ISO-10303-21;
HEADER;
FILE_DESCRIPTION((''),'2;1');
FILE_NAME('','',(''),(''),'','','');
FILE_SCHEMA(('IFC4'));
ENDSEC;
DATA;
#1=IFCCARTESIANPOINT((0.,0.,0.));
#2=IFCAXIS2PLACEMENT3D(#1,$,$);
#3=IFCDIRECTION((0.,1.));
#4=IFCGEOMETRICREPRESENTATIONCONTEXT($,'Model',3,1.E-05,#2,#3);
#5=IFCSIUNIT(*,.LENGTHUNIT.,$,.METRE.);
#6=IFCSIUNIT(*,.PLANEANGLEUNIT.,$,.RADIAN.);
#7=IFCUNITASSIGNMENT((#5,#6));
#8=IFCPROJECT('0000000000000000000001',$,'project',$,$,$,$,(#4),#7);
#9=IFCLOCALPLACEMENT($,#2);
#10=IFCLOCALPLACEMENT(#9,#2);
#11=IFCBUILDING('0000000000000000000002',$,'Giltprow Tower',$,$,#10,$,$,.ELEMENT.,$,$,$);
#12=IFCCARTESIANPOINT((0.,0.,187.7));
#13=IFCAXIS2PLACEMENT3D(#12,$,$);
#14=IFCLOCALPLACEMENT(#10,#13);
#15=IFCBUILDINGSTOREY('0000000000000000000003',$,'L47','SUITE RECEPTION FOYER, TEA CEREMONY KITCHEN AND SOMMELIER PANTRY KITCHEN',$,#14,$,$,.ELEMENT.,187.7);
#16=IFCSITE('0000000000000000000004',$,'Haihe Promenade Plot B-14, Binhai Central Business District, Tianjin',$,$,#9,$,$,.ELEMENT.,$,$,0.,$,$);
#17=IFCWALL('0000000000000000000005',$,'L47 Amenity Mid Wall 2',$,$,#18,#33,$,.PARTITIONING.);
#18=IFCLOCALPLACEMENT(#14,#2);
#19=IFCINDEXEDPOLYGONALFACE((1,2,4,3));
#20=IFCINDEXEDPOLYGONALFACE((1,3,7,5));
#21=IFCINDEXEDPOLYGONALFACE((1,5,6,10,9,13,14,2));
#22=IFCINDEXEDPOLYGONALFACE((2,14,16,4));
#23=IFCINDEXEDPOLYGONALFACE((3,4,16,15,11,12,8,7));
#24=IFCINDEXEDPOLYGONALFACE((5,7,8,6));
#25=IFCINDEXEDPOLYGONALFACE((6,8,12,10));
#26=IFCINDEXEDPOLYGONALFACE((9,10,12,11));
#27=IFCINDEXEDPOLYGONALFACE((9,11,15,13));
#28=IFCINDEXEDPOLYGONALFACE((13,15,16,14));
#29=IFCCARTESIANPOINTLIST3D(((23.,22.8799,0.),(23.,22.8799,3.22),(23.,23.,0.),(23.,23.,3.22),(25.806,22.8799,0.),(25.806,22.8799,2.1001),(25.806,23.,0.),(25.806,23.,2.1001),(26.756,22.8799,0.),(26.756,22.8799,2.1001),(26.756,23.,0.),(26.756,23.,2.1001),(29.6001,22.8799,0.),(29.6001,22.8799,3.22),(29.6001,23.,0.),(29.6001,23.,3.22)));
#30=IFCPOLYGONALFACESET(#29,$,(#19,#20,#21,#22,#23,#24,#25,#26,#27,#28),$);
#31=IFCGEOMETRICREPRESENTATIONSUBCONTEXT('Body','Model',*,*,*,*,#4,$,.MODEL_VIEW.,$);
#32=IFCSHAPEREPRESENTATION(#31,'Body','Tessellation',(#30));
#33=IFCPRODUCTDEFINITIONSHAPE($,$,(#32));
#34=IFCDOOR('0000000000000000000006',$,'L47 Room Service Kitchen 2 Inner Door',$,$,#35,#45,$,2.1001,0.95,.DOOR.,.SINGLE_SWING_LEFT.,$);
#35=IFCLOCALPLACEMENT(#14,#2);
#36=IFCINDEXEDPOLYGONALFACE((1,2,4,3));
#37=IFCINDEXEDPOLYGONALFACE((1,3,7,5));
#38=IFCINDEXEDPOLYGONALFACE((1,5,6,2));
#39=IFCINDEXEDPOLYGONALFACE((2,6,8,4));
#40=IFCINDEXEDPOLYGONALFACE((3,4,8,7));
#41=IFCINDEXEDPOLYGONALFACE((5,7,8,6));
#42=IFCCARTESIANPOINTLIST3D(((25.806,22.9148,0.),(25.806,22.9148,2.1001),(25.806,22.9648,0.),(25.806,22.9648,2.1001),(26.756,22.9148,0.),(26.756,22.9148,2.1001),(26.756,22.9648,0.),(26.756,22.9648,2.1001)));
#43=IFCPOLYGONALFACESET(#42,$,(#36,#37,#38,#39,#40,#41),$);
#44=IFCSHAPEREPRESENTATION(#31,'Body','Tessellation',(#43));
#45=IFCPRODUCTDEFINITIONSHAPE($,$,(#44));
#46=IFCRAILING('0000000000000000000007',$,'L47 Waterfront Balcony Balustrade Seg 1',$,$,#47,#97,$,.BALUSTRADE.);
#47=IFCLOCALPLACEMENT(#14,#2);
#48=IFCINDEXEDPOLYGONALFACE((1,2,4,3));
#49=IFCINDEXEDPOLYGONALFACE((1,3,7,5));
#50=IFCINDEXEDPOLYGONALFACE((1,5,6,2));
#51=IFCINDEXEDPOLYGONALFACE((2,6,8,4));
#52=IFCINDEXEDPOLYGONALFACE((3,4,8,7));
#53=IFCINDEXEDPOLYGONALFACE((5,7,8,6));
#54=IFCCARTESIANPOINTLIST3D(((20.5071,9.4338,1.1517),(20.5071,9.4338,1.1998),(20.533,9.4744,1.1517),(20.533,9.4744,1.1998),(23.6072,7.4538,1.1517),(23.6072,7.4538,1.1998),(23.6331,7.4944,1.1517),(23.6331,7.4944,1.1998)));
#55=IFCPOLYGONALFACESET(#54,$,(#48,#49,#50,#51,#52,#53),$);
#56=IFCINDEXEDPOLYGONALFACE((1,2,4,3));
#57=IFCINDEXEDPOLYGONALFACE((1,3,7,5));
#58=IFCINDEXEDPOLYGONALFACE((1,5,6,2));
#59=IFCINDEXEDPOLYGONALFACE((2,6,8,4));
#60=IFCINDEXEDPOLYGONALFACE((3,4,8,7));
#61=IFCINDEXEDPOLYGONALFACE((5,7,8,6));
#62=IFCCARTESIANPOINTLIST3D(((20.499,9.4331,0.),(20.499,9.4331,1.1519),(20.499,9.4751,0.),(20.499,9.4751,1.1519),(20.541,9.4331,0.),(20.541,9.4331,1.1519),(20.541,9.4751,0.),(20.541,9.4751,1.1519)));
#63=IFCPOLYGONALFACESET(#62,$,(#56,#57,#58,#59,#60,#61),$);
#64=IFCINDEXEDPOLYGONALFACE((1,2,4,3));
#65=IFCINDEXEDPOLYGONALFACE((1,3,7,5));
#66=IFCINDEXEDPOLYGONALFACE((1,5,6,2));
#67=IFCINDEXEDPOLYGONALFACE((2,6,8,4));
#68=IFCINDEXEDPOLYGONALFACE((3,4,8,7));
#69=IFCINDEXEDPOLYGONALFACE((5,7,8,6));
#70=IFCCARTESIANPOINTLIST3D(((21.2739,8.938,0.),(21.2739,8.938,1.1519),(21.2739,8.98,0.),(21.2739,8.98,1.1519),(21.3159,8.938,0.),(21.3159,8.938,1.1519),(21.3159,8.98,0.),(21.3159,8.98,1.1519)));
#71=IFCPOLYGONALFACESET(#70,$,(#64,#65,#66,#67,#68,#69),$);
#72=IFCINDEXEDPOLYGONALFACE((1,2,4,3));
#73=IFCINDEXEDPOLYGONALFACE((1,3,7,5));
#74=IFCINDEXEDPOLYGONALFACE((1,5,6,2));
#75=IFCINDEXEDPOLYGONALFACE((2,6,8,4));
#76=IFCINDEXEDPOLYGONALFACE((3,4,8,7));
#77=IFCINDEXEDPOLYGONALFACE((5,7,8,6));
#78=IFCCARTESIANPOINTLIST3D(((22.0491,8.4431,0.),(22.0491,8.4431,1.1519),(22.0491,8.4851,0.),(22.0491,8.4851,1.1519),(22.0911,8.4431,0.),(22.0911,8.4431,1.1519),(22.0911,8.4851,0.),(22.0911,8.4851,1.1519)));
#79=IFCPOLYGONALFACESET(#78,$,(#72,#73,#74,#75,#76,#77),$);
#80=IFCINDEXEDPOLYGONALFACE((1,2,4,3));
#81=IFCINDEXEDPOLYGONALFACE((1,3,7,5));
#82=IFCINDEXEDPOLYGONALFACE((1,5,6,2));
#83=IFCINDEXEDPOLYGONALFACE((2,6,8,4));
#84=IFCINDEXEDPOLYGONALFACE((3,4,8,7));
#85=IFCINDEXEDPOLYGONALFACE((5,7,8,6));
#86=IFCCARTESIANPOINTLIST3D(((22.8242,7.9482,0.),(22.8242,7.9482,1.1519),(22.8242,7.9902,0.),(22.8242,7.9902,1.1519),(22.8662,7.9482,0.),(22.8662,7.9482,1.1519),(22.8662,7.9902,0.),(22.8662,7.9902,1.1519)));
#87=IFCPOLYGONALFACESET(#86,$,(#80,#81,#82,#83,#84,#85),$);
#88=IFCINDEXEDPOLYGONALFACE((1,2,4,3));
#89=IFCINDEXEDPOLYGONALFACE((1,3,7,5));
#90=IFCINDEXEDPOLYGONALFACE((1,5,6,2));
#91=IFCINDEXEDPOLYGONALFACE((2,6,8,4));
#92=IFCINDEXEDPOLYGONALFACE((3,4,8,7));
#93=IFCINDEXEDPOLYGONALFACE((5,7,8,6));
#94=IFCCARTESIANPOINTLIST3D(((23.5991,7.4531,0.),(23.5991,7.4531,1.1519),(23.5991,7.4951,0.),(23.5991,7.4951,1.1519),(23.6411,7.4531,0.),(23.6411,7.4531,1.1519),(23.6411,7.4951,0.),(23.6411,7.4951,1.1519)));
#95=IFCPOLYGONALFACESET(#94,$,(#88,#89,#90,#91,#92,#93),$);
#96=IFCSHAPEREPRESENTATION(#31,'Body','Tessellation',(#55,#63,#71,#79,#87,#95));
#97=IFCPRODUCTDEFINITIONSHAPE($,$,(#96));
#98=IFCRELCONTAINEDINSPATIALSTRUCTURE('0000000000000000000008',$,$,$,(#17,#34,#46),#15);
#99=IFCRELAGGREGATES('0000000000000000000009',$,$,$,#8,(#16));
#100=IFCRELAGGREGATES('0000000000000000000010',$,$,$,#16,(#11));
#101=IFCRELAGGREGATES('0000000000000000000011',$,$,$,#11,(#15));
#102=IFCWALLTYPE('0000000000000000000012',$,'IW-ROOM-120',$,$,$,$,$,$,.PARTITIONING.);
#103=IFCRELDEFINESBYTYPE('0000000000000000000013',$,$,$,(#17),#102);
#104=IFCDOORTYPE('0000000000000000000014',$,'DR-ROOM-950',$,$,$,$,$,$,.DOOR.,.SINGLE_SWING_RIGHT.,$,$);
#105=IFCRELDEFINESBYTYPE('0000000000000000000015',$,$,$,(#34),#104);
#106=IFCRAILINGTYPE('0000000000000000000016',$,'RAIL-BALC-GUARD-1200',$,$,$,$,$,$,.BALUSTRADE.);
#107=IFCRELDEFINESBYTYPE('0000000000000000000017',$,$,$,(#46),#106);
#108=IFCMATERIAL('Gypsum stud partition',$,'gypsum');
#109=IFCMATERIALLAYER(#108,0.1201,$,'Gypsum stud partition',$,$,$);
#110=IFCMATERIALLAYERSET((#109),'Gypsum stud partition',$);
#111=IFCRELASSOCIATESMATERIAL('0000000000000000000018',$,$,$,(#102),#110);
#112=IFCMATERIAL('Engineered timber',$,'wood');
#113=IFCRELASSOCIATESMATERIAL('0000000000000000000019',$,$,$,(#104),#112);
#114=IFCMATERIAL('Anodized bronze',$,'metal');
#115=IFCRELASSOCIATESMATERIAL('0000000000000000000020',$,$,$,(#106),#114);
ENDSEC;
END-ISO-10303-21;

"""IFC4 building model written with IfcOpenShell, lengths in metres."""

from ifc_helpers import new_model, si_unit, direction, frame, frame_2d, origin, origin_2d, place, context, subcontext, project, spatial, rectangle, extrude, source, transform, mapped, material, layer, layer_set, type_object, element, fill, save


model = new_model("IFC4")

# Units and contexts
model_context = context("Model", 3, precision=1e-05, world=origin(), true_north=direction((0.0, 1.0)))
body_context = subcontext(model_context, "Body", "Model", "MODEL_VIEW")
ifc_project = project(units=[si_unit("LENGTHUNIT", "METRE"), si_unit("PLANEANGLEUNIT", "RADIAN")], contexts=[model_context])

# Site, building, storey
site_placement = place(None, origin())
site = spatial("IfcSite", under=ifc_project, at=site_placement, Name="Haihe Promenade Plot B-14, Binhai Central Business District, Tianjin", CompositionType="ELEMENT", RefElevation=0.0)
building_placement = place(site_placement, origin())
building = spatial("IfcBuilding", under=site, at=building_placement, Name="Giltprow Tower", CompositionType="ELEMENT")
storey_placement = place(building_placement, frame((0.0, 0.0, 187.7)))
storey = spatial("IfcBuildingStorey", under=building, at=storey_placement, Name="L47", Description="SUITE RECEPTION FOYER, TEA CEREMONY KITCHEN AND SOMMELIER PANTRY KITCHEN", CompositionType="ELEMENT", Elevation=187.7)

# Shared definitions
ifc_material_1 = material(Name="Gypsum stud partition", Category="gypsum")

# Wall, opening, door
ifc_layer_1 = layer(ifc_material_1, 0.1201, Name="Gypsum stud partition")
ifc_layer_set_1 = layer_set([ifc_layer_1], Name="Gypsum stud partition")
wall_type_1 = type_object("IfcWallType", Name="IW-ROOM-120", PredefinedType="PARTITIONING", material=ifc_layer_set_1)
wall_1_placement = place(storey_placement, frame((23.0, 22.9399, 0.0), z_axis=(0.0, 0.0, 1.0), x_axis=(1.0, 0.0, 0.0)))
wall_1 = element("IfcWall", 1, at=wall_1_placement, inside=storey, type_object=wall_type_1, Name="L47 Amenity Mid Wall 2", PredefinedType="PARTITIONING", context=body_context, shape_type="SweptSolid", body=[
    extrude(rectangle(XDim=6.6001, YDim=0.1201, at=frame_2d((3.3, 0.0))), origin(), (0.0, 0.0, 1.0), 3.22),
])
opening_1_placement = place(wall_1_placement, frame((2.8059, 0.0, 0.0)))
opening_1 = element("IfcOpeningElement", 2, at=opening_1_placement, cuts=wall_1, PredefinedType="OPENING", context=body_context, shape_type="SweptSolid", body=[
    extrude(rectangle(XDim=0.95, YDim=2.1001, at=frame_2d((0.4751, 1.05))), frame((0.0, 0.0701, 0.0), z_axis=(0.0, -1.0, 0.0), x_axis=(1.0, 0.0, 0.0)), (0.0, 0.0, 1.0), 0.1401),
])
ifc_material_2 = material(Name="Engineered timber", Category="wood")
door_type_1 = type_object("IfcDoorType", Name="DR-ROOM-950", OperationType="SINGLE_SWING_RIGHT", PredefinedType="DOOR", material=ifc_material_2)
shared_shape_1 = source(origin(), body_context, "Body", "SweptSolid", [
    extrude(rectangle(XDim=0.95, YDim=2.1001, at=frame_2d((0.4751, 1.05))), frame((0.0, 0.0249, 0.0), z_axis=(0.0, -1.0, 0.0), x_axis=(1.0, 0.0, 0.0)), (0.0, 0.0, 1.0), 0.05),
])
door_1_placement = place(opening_1_placement, origin())
door_1 = element("IfcDoor", 3, at=door_1_placement, inside=storey, type_object=door_type_1, Name="L47 Room Service Kitchen 2 Inner Door", OperationType="SINGLE_SWING_LEFT", OverallHeight=2.1001, OverallWidth=0.95, PredefinedType="DOOR", context=body_context, shape_type="MappedRepresentation", body=[
    mapped(shared_shape_1, transform((0.0, 0.0, 0.0), x_axis=(1.0, 0.0, 0.0), y_axis=(0.0, 1.0, 0.0), z_axis=(0.0, 0.0, 1.0), scale=1.0)),
])
fill(opening_1, door_1)

# Railing
ifc_material_3 = material(Name="Anodized bronze", Category="metal")
railing_type = type_object("IfcRailingType", Name="RAIL-BALC-GUARD-1200", PredefinedType="BALUSTRADE", material=ifc_material_3)
railing_1_placement = place(storey_placement, frame((20.52, 9.4541, 0.0)))
element("IfcRailing", 4, at=railing_1_placement, inside=storey, type_object=railing_type, Name="L47 Waterfront Balcony Balustrade Seg 1", PredefinedType="BALUSTRADE", context=body_context, shape_type="SweptSolid", body=[
    extrude(rectangle(XDim=0.0481, YDim=0.0481, at=origin_2d()), frame((0.0, 0.0, 1.1758), z_axis=(0.842775, -0.538266, 0.0), x_axis=(0.538266, 0.842775, 0.0)), (0.0, 0.0, 1.0), 3.6785),
    extrude(rectangle(XDim=0.042, YDim=0.042, at=origin_2d()), origin(), (0.0, 0.0, 1.0), 1.1519),
    extrude(rectangle(XDim=0.042, YDim=0.042, at=origin_2d()), frame((0.7749, -0.4951, 0.0)), (0.0, 0.0, 1.0), 1.1519),
    extrude(rectangle(XDim=0.042, YDim=0.042, at=origin_2d()), frame((1.55, -0.99, 0.0)), (0.0, 0.0, 1.0), 1.1519),
    extrude(rectangle(XDim=0.042, YDim=0.042, at=origin_2d()), frame((2.3252, -1.4849, 0.0)), (0.0, 0.0, 1.0), 1.1519),
    extrude(rectangle(XDim=0.042, YDim=0.042, at=origin_2d()), frame((3.1001, -1.98, 0.0)), (0.0, 0.0, 1.0), 1.1519),
])

save(model, "model.ifc")
